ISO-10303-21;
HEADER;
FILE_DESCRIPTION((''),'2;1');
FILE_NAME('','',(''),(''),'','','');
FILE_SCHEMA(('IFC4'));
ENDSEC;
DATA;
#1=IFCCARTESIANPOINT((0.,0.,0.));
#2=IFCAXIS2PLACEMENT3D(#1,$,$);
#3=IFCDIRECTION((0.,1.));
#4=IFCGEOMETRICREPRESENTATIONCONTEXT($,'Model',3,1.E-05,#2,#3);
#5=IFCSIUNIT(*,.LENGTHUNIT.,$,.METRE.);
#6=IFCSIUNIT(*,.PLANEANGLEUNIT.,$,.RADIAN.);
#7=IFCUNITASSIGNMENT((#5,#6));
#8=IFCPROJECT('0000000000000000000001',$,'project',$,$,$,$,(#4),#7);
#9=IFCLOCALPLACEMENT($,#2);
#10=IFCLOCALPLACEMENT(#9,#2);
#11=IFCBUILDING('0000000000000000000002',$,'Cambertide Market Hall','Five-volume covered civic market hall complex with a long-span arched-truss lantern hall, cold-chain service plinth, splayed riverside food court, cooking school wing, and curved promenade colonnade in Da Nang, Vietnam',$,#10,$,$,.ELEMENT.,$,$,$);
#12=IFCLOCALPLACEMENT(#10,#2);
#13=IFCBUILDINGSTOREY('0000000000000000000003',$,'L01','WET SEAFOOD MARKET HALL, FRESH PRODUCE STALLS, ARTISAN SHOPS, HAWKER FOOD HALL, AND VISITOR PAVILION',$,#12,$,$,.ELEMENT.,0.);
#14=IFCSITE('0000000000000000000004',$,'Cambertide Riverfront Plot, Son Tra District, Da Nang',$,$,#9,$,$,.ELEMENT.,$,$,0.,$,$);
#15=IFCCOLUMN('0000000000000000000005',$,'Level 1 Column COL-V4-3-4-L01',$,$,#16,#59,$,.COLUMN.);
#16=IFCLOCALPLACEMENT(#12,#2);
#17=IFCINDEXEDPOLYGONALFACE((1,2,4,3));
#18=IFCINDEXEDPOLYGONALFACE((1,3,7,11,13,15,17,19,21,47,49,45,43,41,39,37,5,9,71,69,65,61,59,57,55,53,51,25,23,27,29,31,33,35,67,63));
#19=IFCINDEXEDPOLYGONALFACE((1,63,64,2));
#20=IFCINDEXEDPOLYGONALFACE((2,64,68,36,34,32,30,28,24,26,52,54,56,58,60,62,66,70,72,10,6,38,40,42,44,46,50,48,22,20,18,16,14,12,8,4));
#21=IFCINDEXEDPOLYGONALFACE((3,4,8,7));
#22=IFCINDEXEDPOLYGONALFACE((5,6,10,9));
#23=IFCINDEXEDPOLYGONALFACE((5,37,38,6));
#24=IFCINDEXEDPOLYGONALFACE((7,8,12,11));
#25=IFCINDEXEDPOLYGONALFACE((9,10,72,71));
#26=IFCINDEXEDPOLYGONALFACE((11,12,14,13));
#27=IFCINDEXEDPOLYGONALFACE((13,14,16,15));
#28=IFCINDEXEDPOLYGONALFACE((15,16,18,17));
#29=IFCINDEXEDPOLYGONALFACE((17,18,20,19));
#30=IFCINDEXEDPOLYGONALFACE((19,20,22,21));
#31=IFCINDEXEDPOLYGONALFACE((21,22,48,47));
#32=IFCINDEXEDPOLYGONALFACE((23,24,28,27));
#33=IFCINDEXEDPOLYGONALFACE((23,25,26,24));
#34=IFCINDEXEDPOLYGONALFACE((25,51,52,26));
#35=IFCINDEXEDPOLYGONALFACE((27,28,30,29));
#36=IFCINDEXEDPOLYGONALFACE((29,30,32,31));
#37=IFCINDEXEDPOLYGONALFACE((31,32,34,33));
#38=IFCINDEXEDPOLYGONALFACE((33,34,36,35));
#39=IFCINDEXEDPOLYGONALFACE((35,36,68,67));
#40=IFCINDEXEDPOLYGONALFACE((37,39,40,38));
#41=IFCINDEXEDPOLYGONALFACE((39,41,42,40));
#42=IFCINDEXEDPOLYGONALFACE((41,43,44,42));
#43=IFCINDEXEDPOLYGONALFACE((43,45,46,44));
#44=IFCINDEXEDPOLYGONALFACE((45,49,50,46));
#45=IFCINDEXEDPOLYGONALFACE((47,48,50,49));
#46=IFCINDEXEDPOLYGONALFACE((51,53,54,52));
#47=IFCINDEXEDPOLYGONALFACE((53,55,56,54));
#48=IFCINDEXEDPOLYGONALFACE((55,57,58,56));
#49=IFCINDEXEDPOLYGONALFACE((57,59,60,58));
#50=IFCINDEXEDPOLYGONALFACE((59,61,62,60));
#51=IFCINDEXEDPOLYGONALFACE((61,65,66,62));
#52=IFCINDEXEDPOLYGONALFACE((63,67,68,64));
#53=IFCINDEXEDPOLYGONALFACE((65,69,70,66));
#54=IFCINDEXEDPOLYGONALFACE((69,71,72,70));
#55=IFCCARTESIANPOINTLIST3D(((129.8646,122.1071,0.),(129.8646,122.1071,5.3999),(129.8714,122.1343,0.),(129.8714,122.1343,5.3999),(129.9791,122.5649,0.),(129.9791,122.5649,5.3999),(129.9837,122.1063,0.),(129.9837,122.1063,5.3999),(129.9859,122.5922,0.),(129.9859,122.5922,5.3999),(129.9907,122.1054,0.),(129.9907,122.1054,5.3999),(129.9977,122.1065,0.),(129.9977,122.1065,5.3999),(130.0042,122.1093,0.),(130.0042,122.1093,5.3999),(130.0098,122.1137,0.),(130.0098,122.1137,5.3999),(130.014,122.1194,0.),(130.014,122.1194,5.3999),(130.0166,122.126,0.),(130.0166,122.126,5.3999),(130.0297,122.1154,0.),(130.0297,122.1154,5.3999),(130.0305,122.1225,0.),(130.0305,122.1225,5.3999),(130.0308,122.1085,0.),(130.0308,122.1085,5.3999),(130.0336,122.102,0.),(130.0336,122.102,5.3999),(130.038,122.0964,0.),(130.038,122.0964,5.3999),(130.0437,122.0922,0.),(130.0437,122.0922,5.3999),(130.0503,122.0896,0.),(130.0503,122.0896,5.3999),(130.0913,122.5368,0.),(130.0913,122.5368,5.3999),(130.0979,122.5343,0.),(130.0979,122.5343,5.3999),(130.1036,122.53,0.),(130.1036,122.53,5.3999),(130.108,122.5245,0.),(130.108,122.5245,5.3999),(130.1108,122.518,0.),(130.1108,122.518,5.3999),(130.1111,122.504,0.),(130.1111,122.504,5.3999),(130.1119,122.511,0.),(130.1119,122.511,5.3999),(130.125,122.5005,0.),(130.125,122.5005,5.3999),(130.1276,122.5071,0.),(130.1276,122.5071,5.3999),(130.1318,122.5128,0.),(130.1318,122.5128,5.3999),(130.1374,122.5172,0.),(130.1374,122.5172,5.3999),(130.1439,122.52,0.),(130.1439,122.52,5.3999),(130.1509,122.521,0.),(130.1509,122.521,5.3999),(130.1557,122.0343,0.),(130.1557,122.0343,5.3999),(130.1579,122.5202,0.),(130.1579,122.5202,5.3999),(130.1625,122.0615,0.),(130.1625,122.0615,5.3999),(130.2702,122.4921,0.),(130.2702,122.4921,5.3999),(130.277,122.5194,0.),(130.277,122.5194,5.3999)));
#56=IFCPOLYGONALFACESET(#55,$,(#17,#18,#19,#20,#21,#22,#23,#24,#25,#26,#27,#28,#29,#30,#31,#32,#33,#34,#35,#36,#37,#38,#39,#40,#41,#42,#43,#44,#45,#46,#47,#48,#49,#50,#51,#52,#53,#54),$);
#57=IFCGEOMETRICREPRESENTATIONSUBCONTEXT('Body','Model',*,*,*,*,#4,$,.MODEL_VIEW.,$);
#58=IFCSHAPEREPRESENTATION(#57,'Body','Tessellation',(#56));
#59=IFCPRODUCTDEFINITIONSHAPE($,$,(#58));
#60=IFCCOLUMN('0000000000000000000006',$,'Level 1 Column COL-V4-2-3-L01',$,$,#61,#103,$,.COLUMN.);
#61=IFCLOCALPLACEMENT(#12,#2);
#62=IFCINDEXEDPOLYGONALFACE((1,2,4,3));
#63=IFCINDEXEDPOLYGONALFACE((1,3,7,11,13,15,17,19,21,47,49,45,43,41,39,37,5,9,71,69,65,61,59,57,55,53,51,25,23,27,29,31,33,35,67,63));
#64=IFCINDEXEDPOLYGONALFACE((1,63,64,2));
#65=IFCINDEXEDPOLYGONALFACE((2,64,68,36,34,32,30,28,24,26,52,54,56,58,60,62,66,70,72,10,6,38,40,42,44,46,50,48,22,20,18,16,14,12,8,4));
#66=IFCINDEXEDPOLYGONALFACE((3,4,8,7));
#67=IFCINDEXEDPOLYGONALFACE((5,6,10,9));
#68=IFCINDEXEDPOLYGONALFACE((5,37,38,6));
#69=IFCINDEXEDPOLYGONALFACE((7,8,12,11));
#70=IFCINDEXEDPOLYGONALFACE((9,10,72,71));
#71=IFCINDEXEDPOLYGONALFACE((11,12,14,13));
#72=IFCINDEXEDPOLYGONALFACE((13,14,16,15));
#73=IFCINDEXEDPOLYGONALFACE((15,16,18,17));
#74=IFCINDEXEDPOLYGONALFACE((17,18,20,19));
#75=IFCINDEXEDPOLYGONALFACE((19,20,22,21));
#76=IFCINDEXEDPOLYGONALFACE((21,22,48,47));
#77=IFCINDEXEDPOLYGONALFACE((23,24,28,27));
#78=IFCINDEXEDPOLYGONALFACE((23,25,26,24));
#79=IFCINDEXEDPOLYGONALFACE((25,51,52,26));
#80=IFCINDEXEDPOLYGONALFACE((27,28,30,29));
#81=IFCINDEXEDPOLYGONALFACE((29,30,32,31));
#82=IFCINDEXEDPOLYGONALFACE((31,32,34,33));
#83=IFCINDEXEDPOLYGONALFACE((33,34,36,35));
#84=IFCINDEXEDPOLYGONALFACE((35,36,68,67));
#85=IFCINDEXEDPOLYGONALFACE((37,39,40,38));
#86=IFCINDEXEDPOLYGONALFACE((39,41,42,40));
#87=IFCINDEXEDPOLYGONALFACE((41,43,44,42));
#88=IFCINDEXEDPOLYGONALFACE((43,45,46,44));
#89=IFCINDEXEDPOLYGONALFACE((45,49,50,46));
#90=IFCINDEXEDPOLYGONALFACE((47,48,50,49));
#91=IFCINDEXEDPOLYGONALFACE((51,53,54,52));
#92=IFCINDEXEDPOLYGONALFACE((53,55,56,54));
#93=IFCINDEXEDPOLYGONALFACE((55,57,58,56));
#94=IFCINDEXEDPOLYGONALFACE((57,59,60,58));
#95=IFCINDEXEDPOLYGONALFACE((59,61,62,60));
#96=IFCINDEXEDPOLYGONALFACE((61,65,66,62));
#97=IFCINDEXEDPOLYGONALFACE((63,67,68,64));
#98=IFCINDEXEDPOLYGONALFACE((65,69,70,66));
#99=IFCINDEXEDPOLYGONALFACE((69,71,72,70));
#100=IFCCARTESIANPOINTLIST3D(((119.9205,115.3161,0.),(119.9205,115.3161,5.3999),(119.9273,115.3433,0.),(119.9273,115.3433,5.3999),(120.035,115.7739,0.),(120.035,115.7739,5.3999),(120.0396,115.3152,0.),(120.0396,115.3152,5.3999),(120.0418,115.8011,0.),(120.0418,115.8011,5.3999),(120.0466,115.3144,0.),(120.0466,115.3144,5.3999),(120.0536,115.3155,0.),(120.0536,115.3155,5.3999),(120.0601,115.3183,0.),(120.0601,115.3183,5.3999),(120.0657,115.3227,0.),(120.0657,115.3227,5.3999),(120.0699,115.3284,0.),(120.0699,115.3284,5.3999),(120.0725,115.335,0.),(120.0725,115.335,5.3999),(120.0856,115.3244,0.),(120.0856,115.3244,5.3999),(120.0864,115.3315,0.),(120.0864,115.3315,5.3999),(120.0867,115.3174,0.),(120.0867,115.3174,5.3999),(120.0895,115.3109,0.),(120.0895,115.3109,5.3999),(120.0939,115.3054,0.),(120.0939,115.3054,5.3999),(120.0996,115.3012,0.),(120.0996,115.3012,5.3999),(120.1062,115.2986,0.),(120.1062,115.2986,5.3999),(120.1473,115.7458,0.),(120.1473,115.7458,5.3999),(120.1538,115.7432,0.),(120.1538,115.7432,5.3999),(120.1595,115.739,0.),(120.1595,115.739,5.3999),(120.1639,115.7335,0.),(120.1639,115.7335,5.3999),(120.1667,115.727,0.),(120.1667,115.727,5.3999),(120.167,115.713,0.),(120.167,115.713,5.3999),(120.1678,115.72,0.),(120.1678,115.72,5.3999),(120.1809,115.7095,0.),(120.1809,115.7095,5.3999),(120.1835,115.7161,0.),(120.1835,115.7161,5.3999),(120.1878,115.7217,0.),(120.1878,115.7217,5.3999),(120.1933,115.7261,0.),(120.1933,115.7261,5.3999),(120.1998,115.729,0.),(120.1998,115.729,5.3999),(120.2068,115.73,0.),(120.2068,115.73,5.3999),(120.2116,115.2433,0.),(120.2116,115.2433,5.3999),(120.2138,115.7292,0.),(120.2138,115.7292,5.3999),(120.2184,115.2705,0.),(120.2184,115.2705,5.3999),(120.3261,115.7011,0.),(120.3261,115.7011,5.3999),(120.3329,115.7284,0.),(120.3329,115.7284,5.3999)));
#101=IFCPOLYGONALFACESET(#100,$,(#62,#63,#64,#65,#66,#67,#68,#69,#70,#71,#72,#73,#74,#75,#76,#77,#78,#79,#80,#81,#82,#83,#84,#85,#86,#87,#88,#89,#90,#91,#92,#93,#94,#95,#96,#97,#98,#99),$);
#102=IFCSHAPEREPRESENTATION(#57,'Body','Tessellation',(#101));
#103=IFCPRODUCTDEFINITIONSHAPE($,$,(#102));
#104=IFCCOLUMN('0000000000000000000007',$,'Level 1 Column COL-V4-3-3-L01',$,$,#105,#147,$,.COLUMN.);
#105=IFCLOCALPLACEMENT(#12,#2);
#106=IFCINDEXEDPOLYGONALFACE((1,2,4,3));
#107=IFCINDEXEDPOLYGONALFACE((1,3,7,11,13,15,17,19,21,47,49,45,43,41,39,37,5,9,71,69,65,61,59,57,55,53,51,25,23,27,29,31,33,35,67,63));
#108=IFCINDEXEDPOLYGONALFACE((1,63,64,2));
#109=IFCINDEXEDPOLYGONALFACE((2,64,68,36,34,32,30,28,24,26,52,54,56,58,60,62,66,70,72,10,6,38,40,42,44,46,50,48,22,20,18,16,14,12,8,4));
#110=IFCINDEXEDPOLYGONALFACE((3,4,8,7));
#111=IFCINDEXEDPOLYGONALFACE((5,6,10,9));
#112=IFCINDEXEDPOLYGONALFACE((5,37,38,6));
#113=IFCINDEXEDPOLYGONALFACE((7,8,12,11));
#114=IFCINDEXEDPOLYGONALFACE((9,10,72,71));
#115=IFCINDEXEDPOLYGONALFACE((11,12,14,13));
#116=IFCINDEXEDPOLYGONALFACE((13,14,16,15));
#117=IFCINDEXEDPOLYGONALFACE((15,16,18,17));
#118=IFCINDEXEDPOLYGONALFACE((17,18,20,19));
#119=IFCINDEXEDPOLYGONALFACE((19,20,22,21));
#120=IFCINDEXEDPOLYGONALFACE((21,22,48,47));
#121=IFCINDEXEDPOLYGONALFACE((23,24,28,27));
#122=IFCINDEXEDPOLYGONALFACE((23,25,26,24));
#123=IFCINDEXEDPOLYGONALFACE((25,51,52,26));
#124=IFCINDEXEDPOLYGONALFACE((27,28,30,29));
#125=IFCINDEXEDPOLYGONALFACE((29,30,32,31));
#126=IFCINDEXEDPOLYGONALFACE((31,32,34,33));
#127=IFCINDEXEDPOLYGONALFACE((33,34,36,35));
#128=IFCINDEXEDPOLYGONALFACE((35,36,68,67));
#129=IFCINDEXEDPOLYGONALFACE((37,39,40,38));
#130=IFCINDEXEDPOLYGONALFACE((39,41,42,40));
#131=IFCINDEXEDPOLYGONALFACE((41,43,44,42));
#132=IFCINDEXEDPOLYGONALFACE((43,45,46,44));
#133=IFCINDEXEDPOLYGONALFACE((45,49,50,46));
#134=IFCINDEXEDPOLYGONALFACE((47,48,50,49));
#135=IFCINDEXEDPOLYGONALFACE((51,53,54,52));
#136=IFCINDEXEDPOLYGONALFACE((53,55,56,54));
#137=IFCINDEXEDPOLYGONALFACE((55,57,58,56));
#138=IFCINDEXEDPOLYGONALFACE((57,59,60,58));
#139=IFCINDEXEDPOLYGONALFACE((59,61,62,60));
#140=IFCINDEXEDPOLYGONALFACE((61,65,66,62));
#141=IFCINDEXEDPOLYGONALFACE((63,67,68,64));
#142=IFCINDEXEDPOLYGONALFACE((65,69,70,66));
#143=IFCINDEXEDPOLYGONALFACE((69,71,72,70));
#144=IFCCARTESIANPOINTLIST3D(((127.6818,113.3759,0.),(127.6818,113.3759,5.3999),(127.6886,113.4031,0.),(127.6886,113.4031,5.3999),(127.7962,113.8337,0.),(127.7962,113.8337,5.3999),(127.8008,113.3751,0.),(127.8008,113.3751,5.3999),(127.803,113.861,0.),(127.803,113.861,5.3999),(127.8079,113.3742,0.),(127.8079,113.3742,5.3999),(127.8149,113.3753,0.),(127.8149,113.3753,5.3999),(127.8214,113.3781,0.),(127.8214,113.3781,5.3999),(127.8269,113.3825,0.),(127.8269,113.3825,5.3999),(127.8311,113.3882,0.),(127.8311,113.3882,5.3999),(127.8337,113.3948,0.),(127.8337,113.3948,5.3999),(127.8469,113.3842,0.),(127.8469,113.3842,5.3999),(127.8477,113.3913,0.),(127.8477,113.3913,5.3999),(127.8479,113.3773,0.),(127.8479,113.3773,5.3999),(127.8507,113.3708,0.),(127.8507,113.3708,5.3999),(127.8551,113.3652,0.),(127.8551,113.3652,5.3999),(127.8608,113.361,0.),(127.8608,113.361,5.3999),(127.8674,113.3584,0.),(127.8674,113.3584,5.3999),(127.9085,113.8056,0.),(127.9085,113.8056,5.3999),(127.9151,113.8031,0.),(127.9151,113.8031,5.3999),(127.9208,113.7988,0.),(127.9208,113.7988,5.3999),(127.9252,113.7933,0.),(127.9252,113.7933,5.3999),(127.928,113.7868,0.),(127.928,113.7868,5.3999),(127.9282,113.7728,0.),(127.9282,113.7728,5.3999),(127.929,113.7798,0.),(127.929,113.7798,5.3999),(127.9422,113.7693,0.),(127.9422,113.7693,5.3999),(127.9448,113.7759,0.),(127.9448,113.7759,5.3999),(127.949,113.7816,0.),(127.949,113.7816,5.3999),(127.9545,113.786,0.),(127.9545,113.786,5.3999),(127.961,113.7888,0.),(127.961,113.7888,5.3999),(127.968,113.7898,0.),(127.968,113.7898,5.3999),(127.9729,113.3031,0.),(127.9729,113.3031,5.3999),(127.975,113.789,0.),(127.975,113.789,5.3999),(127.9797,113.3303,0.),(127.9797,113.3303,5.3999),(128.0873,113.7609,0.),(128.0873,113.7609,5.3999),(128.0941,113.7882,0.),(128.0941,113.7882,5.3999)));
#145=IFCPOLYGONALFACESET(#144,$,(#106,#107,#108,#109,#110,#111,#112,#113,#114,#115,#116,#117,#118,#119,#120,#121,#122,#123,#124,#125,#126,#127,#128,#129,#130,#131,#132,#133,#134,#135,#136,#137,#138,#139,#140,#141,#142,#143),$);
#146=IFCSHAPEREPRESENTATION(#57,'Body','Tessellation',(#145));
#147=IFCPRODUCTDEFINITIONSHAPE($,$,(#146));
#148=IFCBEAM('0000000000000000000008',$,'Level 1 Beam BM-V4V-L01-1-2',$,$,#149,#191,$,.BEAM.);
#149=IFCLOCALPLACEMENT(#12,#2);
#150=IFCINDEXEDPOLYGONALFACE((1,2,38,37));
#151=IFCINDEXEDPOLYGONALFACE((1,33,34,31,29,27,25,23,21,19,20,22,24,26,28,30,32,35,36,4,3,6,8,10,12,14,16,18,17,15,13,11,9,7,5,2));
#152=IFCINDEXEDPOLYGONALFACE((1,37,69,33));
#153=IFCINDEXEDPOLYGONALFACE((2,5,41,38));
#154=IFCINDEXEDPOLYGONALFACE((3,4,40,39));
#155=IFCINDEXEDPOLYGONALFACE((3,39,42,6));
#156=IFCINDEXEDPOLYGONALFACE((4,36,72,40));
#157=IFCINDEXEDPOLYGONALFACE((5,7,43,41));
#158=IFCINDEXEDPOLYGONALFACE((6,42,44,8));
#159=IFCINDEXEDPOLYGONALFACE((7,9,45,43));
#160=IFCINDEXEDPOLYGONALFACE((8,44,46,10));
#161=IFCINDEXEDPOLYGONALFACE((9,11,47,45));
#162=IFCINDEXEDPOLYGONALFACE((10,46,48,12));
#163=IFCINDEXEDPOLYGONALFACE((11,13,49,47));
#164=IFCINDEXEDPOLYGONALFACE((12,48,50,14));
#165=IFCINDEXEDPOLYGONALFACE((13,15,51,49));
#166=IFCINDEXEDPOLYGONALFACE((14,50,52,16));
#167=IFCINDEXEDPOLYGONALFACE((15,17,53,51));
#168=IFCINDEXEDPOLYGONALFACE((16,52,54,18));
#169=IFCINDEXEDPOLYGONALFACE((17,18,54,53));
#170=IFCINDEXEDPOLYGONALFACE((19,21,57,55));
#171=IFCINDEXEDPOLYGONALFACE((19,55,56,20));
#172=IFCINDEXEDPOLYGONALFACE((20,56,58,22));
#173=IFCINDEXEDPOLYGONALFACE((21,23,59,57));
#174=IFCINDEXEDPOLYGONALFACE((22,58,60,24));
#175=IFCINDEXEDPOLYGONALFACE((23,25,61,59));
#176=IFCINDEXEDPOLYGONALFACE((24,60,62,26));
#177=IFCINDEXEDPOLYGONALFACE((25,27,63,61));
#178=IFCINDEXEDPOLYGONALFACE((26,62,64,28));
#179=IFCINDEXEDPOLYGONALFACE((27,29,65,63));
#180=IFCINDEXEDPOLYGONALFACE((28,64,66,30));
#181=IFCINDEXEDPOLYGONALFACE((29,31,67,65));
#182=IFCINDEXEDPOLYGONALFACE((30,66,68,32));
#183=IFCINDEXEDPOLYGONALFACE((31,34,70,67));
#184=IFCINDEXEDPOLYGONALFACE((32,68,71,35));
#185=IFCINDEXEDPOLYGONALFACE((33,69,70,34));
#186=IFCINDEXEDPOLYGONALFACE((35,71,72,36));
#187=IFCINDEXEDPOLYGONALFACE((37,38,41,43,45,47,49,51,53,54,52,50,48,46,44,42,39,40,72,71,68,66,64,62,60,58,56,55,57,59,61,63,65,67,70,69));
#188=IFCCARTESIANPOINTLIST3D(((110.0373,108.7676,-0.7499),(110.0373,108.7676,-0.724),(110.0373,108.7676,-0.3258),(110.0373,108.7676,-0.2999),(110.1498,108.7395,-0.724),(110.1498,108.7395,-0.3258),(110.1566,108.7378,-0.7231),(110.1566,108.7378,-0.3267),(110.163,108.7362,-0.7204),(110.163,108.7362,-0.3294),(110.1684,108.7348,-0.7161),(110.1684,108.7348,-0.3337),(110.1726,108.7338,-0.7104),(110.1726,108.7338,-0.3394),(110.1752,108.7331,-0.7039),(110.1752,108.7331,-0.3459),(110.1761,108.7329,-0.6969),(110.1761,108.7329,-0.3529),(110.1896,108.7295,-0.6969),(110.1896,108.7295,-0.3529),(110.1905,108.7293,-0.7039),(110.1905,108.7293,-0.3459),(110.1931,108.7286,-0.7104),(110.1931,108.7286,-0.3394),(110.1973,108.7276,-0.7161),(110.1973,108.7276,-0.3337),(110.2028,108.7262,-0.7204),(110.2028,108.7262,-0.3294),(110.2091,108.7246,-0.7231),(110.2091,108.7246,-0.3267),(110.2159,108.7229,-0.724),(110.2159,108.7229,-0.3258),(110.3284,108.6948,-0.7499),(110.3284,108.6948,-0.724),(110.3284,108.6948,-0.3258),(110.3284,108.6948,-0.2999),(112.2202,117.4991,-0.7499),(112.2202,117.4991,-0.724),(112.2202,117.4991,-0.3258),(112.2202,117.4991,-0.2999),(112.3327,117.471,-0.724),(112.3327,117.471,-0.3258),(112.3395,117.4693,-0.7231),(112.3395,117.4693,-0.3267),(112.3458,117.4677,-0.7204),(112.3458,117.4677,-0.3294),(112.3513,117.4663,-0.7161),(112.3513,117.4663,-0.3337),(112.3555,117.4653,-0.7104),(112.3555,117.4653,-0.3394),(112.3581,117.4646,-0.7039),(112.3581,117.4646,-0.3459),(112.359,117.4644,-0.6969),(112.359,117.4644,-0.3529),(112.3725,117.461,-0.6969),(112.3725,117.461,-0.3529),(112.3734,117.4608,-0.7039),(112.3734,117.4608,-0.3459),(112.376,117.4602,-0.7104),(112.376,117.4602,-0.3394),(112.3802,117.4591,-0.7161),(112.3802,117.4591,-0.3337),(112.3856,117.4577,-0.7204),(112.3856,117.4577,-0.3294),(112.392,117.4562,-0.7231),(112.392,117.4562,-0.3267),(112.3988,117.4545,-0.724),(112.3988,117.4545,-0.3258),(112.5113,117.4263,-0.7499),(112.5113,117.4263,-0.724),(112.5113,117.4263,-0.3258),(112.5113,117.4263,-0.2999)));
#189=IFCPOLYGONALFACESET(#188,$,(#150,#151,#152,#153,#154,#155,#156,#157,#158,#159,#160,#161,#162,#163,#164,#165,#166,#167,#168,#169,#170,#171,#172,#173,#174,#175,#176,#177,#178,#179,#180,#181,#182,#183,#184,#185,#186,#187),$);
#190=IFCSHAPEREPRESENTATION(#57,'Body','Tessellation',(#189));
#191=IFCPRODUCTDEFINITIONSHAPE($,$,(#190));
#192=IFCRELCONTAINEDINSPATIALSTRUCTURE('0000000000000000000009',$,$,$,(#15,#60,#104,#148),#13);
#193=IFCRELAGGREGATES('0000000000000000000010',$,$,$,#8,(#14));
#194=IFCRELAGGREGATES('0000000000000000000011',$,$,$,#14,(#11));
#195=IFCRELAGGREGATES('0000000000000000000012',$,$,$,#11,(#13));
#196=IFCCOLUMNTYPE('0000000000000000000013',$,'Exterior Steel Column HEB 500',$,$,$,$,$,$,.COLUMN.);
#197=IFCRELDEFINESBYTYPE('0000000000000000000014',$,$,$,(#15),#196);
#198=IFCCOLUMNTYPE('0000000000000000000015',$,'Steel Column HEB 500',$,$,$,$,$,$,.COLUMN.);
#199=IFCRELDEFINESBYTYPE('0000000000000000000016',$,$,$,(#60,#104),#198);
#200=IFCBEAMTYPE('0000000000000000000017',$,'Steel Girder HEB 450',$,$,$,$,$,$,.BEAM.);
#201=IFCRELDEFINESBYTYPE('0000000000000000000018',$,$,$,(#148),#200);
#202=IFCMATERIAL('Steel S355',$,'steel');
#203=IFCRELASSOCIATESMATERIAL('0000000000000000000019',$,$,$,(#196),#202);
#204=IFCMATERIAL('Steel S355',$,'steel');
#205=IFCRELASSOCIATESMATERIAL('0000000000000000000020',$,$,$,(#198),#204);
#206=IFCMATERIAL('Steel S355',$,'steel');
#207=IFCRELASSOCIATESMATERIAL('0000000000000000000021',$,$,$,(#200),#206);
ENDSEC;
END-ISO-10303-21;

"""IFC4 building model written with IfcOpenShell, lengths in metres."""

from ifc_helpers import new_model, si_unit, direction, frame, origin, origin_2d, place, context, subcontext, project, spatial, i_section, extrude, material, material_profile, profile_set, type_object, element, save


model = new_model("IFC4")

# Units and contexts
model_context = context("Model", 3, precision=1e-05, world=origin(), true_north=direction((0.0, 1.0)))
body_context = subcontext(model_context, "Body", "Model", "MODEL_VIEW")
ifc_project = project(units=[si_unit("LENGTHUNIT", "METRE"), si_unit("PLANEANGLEUNIT", "RADIAN")], contexts=[model_context])

# Site, building, storey
site_placement = place(None, origin())
site = spatial("IfcSite", under=ifc_project, at=site_placement, Name="Cambertide Riverfront Plot, Son Tra District, Da Nang", CompositionType="ELEMENT", RefElevation=0.0)
building_placement = place(site_placement, origin())
building = spatial("IfcBuilding", under=site, at=building_placement, Name="Cambertide Market Hall", Description="Five-volume covered civic market hall complex with a long-span arched-truss lantern hall, cold-chain service plinth, splayed riverside food court, cooking school wing, and curved promenade colonnade in Da Nang, Vietnam", CompositionType="ELEMENT")
storey_placement = place(building_placement, origin())
storey = spatial("IfcBuildingStorey", under=building, at=storey_placement, Name="L01", Description="WET SEAFOOD MARKET HALL, FRESH PRODUCE STALLS, ARTISAN SHOPS, HAWKER FOOD HALL, AND VISITOR PAVILION", CompositionType="ELEMENT", Elevation=0.0)

# Columns
ifc_material_1 = material(Name="Steel S355", Category="steel")
ifc_material_profile_1 = material_profile(ifc_material_1, i_section(OverallWidth=0.3, OverallDepth=0.5, WebThickness=0.0144, FlangeThickness=0.0281, FilletRadius=0.0271, at=origin_2d()), Name="HEB 500")
ifc_profile_set_1 = profile_set([ifc_material_profile_1], Name="Steel S355")
column_type_1 = type_object("IfcColumnType", Name="Exterior Steel Column HEB 500", PredefinedType="COLUMN", material=ifc_profile_set_1)
for number, where, z_axis, x_axis, name in (
    (1, (130.0708, 122.3132, 0.0), (0.0, 0.0, 1.0), (0.970143, -0.242536, 0.0), "Level 1 Column COL-V4-3-4-L01"),
):
    element("IfcColumn", number, at=place(storey_placement, frame(where, z_axis=z_axis, x_axis=x_axis)), inside=storey, type_object=column_type_1, Name=name, PredefinedType="COLUMN", context=body_context, shape_type="SweptSolid", body=[
        extrude(i_section(OverallWidth=0.3, OverallDepth=0.5, WebThickness=0.0144, FlangeThickness=0.0281, FilletRadius=0.0271, at=origin_2d()), origin(), (0.0, 0.0, 1.0), 5.3999),
    ])
ifc_material_2 = material(Name="Steel S355", Category="steel")
ifc_material_profile_2 = material_profile(ifc_material_2, i_section(OverallWidth=0.3, OverallDepth=0.5, WebThickness=0.0144, FlangeThickness=0.0281, FilletRadius=0.0271, at=origin_2d()), Name="HEB 500")
ifc_profile_set_2 = profile_set([ifc_material_profile_2], Name="Steel S355")
column_type_2 = type_object("IfcColumnType", Name="Steel Column HEB 500", PredefinedType="COLUMN", material=ifc_profile_set_2)
for number, where, z_axis, x_axis, name in (
    (2, (120.1267, 115.5222, 0.0), (0.0, 0.0, 1.0), (0.970143, -0.242536, 0.0), "Level 1 Column COL-V4-2-3-L01"),
    (3, (127.8879, 113.582, 0.0), (0.0, 0.0, 1.0), (0.970143, -0.242536, 0.0), "Level 1 Column COL-V4-3-3-L01"),
):
    element("IfcColumn", number, at=place(storey_placement, frame(where, z_axis=z_axis, x_axis=x_axis)), inside=storey, type_object=column_type_2, Name=name, PredefinedType="COLUMN", context=body_context, shape_type="SweptSolid", body=[
        extrude(i_section(OverallWidth=0.3, OverallDepth=0.5, WebThickness=0.0144, FlangeThickness=0.0281, FilletRadius=0.0271, at=origin_2d()), origin(), (0.0, 0.0, 1.0), 5.3999),
    ])

# Beam
ifc_material_3 = material(Name="Steel S355", Category="steel")
ifc_material_profile_3 = material_profile(ifc_material_3, i_section(OverallWidth=0.3, OverallDepth=0.45, WebThickness=0.0139, FlangeThickness=0.0259, FilletRadius=0.0271, at=origin_2d()), Name="HEB 450")
ifc_profile_set_3 = profile_set([ifc_material_profile_3], Name="Steel S355")
beam_type_1 = type_object("IfcBeamType", Name="Steel Girder HEB 450", PredefinedType="BEAM", material=ifc_profile_set_3)
beam_1_placement = place(storey_placement, frame((110.1829, 108.7312, -0.5249), z_axis=(0.242536, 0.970143, 0.0), x_axis=(-0.970143, 0.242536, 0.0)))
element("IfcBeam", 4, at=beam_1_placement, inside=storey, type_object=beam_type_1, Name="Level 1 Beam BM-V4V-L01-1-2", PredefinedType="BEAM", context=body_context, shape_type="SweptSolid", body=[
    extrude(i_section(OverallWidth=0.3, OverallDepth=0.45, WebThickness=0.0139, FlangeThickness=0.0259, FilletRadius=0.0271, at=origin_2d()), origin(), (0.0, 0.0, 1.0), 9.0002),
])

save(model, "model.ifc")
